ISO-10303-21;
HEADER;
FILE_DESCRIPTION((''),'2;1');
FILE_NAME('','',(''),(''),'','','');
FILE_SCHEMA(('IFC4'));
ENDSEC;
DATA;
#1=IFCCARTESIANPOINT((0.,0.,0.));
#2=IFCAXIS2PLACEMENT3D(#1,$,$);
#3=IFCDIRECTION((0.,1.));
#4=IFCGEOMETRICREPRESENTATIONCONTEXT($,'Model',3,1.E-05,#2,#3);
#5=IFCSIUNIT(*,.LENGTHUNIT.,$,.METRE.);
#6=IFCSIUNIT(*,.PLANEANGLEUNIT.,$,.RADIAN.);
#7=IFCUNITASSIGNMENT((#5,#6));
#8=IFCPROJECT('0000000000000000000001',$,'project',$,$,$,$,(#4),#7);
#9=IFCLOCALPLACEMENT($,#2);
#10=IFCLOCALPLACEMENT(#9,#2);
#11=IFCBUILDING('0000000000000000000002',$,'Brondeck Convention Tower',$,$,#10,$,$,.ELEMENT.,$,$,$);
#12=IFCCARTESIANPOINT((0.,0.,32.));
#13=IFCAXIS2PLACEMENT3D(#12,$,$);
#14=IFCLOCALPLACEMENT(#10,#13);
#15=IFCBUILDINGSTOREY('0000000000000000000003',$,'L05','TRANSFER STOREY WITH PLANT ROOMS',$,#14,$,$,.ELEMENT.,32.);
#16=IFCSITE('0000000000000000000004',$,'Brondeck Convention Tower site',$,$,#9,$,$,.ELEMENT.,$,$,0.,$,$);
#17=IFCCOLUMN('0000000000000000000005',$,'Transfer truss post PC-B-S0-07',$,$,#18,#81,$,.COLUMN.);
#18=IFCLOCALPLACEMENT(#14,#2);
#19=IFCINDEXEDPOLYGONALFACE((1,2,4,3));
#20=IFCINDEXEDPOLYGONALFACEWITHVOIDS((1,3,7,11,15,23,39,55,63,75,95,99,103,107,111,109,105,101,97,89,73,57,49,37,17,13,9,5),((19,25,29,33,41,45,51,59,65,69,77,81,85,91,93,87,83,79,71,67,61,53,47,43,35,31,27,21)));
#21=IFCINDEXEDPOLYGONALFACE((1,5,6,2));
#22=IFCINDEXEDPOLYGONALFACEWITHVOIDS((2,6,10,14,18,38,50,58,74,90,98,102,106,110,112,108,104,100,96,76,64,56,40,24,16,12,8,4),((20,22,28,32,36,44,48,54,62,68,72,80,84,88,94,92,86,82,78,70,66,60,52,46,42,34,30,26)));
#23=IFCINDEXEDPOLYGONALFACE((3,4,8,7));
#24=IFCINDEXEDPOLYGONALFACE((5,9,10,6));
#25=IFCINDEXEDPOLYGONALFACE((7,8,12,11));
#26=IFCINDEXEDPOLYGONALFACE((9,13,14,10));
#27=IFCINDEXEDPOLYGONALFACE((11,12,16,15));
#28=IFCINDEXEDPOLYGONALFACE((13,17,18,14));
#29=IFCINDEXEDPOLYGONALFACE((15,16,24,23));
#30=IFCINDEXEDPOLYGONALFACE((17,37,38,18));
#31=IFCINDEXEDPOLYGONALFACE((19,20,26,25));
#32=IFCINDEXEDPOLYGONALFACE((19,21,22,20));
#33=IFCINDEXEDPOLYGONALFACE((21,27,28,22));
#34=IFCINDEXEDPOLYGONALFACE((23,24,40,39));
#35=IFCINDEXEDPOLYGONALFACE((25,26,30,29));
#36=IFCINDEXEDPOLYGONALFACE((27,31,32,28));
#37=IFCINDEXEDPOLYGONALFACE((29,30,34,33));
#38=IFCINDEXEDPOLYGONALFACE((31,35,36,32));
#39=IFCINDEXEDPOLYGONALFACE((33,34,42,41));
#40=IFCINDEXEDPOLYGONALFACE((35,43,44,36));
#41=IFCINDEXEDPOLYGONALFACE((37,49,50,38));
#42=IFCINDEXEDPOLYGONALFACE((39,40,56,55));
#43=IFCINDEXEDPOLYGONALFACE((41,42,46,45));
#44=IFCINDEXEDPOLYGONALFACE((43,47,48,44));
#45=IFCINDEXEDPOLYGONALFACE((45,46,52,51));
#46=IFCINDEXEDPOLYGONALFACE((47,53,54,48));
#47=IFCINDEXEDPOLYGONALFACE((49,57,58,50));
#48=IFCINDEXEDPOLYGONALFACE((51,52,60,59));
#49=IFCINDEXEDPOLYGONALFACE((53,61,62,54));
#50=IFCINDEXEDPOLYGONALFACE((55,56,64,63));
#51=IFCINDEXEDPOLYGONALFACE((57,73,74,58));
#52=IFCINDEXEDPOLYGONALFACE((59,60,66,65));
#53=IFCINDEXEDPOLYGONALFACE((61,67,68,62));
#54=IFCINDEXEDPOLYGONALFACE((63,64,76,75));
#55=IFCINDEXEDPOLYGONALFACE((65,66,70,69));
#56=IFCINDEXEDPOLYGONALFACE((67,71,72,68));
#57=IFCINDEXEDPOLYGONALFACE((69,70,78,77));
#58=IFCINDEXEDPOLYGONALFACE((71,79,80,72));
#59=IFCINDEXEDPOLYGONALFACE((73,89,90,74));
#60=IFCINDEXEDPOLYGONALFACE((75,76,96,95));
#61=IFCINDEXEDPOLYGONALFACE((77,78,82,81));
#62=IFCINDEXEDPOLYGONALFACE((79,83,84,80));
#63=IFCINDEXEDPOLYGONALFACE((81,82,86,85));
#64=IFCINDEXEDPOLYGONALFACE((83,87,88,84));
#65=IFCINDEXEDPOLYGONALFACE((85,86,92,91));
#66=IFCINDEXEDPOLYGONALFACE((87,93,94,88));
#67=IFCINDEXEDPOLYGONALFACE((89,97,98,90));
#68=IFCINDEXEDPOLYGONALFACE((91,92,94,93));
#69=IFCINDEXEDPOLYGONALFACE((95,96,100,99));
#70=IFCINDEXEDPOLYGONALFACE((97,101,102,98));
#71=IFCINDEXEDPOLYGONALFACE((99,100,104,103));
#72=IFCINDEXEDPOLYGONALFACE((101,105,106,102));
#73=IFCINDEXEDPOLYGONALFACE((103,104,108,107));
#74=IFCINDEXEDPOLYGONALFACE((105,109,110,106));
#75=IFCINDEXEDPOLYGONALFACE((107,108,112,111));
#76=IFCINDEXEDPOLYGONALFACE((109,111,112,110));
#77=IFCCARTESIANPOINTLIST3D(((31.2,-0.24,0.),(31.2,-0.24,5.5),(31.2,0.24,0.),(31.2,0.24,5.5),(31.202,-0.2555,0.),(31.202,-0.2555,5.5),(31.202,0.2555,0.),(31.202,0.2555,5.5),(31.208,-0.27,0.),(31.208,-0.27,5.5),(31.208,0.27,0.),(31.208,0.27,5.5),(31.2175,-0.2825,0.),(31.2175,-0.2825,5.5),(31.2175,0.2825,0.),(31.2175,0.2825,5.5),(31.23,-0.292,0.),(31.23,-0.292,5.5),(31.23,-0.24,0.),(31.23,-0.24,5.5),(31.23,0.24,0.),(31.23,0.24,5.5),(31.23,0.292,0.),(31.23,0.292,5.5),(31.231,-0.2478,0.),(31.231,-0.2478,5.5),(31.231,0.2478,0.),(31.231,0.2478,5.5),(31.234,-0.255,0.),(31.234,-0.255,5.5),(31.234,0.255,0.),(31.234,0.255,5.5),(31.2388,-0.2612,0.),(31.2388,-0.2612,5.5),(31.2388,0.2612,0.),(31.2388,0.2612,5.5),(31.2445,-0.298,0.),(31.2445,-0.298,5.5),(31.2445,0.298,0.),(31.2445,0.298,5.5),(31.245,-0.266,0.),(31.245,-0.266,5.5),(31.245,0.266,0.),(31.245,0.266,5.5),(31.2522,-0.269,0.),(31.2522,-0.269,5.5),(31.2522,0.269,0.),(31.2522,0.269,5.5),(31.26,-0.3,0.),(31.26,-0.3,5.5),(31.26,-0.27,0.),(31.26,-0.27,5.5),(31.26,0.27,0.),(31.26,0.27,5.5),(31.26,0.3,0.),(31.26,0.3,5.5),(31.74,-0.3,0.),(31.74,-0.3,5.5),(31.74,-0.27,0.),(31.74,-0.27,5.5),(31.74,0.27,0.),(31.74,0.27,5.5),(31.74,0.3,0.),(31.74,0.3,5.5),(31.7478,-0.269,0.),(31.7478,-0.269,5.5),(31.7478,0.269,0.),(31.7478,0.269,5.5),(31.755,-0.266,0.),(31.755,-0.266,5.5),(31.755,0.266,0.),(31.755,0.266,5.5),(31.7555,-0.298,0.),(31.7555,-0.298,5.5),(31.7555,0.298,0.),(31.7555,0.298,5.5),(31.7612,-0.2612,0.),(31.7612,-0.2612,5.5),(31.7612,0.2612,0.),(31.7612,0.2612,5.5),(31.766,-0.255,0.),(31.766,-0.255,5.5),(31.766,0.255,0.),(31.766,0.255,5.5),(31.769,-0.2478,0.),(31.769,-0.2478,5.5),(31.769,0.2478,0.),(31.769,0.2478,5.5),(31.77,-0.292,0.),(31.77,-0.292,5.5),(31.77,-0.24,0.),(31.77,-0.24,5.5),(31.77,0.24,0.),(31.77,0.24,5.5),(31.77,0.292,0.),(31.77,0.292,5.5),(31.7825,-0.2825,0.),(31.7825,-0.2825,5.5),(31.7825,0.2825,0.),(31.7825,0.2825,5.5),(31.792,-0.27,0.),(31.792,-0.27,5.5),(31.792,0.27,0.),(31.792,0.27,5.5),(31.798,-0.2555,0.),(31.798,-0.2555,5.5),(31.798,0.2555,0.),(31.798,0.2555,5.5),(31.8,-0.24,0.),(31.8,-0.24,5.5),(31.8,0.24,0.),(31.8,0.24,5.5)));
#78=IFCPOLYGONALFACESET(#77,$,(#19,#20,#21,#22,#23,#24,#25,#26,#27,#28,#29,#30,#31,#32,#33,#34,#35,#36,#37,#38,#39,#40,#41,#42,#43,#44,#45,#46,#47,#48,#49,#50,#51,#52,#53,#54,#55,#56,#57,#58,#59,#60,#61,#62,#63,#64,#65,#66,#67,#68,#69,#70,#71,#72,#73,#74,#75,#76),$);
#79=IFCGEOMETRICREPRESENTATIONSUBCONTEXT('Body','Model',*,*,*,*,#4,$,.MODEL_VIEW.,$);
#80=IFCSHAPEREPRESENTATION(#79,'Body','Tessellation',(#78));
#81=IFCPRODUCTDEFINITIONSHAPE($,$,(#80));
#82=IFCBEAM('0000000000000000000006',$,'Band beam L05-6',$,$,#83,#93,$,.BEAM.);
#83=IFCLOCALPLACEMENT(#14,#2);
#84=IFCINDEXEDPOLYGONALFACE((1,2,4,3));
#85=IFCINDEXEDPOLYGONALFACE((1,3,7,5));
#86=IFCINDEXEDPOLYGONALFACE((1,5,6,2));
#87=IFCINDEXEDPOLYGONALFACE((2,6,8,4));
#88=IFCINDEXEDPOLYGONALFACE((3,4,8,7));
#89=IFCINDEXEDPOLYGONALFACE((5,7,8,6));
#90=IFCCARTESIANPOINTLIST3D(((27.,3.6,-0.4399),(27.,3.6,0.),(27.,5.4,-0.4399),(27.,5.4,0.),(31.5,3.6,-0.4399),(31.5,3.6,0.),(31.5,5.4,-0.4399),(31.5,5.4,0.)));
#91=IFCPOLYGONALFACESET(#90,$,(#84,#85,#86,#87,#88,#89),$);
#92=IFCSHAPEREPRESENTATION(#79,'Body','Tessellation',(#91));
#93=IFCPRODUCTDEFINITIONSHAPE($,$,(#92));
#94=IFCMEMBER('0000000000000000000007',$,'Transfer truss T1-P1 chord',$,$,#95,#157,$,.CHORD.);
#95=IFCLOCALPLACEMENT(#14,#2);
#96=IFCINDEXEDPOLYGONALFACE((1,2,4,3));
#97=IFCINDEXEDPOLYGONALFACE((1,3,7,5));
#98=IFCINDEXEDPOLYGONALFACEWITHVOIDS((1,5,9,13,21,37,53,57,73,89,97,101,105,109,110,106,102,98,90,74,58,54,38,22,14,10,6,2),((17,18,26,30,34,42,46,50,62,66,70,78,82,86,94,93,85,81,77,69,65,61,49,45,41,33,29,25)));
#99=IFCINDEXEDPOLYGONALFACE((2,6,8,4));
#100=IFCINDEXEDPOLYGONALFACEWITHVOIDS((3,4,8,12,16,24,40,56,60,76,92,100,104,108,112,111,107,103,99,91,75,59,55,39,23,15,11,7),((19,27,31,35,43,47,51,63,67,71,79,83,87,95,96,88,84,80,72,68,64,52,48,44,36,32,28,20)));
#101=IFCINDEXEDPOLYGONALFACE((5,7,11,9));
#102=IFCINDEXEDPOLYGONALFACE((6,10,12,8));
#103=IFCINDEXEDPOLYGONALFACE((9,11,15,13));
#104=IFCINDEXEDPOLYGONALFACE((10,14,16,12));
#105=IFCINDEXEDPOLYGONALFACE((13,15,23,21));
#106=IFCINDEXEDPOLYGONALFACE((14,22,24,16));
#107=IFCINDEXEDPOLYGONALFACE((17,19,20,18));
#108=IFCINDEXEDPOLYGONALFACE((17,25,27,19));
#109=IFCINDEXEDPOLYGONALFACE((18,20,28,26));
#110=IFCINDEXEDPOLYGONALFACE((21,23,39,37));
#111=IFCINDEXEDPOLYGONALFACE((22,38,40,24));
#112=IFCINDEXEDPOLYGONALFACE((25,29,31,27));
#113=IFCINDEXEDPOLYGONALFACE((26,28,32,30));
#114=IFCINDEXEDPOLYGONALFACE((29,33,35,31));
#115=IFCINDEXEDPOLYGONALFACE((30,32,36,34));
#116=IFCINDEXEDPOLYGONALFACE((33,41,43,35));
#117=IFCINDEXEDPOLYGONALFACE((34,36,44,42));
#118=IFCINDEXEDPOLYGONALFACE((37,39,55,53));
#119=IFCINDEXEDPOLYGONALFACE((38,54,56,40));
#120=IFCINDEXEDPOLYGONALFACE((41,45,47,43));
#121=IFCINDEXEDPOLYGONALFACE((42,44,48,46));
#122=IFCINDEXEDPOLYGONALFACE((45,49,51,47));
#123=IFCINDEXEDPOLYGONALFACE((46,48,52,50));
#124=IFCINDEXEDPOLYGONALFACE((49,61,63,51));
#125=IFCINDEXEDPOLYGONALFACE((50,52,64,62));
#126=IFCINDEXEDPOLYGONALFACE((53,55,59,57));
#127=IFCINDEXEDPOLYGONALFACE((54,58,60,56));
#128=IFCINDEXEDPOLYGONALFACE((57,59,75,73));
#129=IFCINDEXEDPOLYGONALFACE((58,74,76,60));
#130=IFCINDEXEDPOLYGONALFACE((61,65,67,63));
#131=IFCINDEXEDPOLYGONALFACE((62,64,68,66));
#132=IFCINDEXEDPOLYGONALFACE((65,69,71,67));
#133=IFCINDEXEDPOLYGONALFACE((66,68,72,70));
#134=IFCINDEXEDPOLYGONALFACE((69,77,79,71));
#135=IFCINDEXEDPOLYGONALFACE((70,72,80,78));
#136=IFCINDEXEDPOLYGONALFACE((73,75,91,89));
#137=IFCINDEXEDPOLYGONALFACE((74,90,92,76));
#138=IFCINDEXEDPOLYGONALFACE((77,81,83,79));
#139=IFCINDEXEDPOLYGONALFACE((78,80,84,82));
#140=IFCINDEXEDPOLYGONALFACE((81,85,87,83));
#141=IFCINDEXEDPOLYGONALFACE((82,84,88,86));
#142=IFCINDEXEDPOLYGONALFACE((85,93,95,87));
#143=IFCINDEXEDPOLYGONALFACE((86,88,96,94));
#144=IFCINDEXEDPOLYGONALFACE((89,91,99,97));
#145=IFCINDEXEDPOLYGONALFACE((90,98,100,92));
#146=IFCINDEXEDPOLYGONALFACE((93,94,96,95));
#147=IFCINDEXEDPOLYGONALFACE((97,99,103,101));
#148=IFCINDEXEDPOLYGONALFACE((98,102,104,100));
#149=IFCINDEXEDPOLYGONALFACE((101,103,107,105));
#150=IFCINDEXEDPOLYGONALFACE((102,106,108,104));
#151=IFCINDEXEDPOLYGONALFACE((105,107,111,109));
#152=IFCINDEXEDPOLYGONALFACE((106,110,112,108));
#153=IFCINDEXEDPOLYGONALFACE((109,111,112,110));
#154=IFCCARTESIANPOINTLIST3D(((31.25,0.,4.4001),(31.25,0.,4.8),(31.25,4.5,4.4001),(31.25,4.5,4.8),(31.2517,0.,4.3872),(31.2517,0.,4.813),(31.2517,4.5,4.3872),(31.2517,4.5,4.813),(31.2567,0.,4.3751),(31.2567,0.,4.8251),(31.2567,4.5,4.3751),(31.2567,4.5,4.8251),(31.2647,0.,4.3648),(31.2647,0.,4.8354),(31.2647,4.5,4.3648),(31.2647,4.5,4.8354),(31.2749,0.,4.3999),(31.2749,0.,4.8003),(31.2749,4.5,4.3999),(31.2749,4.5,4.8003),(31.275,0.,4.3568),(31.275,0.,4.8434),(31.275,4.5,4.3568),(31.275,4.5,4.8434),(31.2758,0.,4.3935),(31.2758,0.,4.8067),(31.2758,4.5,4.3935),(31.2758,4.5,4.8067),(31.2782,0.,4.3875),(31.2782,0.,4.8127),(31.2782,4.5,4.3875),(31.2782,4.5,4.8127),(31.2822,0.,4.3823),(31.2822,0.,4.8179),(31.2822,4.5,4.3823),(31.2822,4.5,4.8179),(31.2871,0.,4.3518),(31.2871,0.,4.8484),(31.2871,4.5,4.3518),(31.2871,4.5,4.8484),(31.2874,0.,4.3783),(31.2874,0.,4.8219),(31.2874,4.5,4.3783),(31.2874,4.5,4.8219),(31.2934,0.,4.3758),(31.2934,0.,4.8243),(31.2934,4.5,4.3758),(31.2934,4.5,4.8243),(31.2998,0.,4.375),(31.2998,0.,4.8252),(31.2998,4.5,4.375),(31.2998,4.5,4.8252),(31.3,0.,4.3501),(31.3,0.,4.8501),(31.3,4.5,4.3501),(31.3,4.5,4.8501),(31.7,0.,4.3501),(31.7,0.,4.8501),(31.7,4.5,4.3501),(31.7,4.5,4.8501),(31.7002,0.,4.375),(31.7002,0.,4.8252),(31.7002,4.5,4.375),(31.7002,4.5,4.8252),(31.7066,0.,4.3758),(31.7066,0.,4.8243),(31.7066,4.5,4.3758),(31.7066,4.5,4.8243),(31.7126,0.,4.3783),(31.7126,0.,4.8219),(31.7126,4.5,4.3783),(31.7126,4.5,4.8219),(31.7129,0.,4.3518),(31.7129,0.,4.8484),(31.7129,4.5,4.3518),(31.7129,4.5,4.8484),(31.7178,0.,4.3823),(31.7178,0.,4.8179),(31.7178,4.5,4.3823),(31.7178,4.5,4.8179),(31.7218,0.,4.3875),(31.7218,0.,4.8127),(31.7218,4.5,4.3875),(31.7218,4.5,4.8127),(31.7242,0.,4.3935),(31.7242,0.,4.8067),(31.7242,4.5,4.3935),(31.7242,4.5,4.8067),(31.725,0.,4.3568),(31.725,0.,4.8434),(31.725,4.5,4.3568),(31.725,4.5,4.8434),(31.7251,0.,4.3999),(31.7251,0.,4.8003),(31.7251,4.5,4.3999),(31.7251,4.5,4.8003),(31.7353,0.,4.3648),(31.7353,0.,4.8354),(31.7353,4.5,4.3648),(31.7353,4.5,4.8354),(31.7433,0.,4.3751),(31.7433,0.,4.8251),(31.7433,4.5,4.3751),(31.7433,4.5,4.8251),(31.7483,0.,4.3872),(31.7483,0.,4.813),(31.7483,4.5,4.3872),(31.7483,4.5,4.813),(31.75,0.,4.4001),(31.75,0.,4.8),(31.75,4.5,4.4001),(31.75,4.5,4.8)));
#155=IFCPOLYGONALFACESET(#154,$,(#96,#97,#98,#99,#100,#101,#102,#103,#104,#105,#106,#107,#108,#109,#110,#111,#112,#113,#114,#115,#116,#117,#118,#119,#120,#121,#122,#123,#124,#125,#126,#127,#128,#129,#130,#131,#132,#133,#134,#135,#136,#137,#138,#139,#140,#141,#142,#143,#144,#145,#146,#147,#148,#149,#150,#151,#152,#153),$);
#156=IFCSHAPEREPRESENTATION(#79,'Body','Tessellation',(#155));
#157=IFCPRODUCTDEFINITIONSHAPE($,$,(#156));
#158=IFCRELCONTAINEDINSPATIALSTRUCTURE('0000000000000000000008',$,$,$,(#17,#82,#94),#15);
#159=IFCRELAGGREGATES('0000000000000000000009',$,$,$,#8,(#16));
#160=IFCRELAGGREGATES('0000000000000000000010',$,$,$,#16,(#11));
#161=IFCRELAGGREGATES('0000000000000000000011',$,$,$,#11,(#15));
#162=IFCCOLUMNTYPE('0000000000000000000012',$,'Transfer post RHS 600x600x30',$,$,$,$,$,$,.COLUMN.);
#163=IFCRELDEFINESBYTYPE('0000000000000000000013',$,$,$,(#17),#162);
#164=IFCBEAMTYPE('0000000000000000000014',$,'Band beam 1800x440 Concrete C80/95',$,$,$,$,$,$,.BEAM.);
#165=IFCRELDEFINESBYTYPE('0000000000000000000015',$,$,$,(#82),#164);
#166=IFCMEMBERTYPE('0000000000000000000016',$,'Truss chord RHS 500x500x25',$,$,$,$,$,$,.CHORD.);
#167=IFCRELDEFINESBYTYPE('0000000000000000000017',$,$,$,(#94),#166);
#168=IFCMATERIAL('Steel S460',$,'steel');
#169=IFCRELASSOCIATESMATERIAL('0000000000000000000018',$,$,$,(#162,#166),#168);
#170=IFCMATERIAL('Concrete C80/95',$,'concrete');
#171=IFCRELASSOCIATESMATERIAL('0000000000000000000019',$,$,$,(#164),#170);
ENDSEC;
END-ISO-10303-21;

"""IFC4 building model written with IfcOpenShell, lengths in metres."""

from ifc_helpers import new_model, si_unit, direction, frame, origin, origin_2d, place, context, subcontext, project, spatial, rectangle, hollow_rectangle, extrude, material, material_profile, profile_set, type_object, element, save


model = new_model("IFC4")

# Units and contexts
model_context = context("Model", 3, precision=1e-05, world=origin(), true_north=direction((0.0, 1.0)))
body_context = subcontext(model_context, "Body", "Model", "MODEL_VIEW")
ifc_project = project(units=[si_unit("LENGTHUNIT", "METRE"), si_unit("PLANEANGLEUNIT", "RADIAN")], contexts=[model_context])

# Site, building, storey
site_placement = place(None, origin())
site = spatial("IfcSite", under=ifc_project, at=site_placement, Name="Brondeck Convention Tower site", CompositionType="ELEMENT", RefElevation=0.0)
building_placement = place(site_placement, origin())
building = spatial("IfcBuilding", under=site, at=building_placement, Name="Brondeck Convention Tower", CompositionType="ELEMENT")
storey_placement = place(building_placement, frame((0.0, 0.0, 32.0)))
storey = spatial("IfcBuildingStorey", under=building, at=storey_placement, Name="L05", Description="TRANSFER STOREY WITH PLANT ROOMS", CompositionType="ELEMENT", Elevation=32.0)

# Column
ifc_material_1 = material(Name="Steel S460", Category="steel")
ifc_material_profile_1 = material_profile(ifc_material_1, hollow_rectangle(XDim=0.6001, YDim=0.6001, WallThickness=0.03, InnerFilletRadius=0.03, OuterFilletRadius=0.0601, at=origin_2d()), Name="RHS 600x600x30")
ifc_profile_set_1 = profile_set([ifc_material_profile_1], Name="Steel S460")
column_type = type_object("IfcColumnType", Name="Transfer post RHS 600x600x30", PredefinedType="COLUMN", material=ifc_profile_set_1)
for number, where, z_axis, x_axis, name in (
    (1, (31.5, 0.0, 0.0), (0.0, 0.0, 1.0), (1.0, 0.0, 0.0), "Transfer truss post PC-B-S0-07"),
):
    element("IfcColumn", number, at=place(storey_placement, frame(where, z_axis=z_axis, x_axis=x_axis)), inside=storey, type_object=column_type, Name=name, PredefinedType="COLUMN", context=body_context, shape_type="SweptSolid", body=[
        extrude(hollow_rectangle(XDim=0.6001, YDim=0.6001, WallThickness=0.03, InnerFilletRadius=0.03, OuterFilletRadius=0.0601, at=origin_2d()), origin(), (0.0, 0.0, 1.0), 5.5),
    ])

# Beam
ifc_material_2 = material(Name="Concrete C80/95", Category="concrete")
ifc_material_profile_2 = material_profile(ifc_material_2, rectangle(XDim=1.8, YDim=0.4399, at=origin_2d()), Name="Band beam 1800x440 Concrete C80/95")
ifc_profile_set_2 = profile_set([ifc_material_profile_2], Name="Concrete C80/95")
beam_type = type_object("IfcBeamType", Name="Band beam 1800x440 Concrete C80/95", PredefinedType="BEAM", material=ifc_profile_set_2)
beam_placement = place(storey_placement, frame((31.5, 4.5, -0.22), z_axis=(-1.0, 0.0, 0.0), x_axis=(0.0, -1.0, 0.0)))
element("IfcBeam", 2, at=beam_placement, inside=storey, type_object=beam_type, Name="Band beam L05-6", PredefinedType="BEAM", context=body_context, shape_type="SweptSolid", body=[
    extrude(rectangle(XDim=1.8, YDim=0.4399, at=origin_2d()), origin(), (0.0, 0.0, 1.0), 4.5),
])

# Member
ifc_material_profile_3 = material_profile(ifc_material_1, hollow_rectangle(XDim=0.5, YDim=0.5, WallThickness=0.0249, InnerFilletRadius=0.0249, OuterFilletRadius=0.05, at=origin_2d()), Name="RHS 500x500x25")
ifc_profile_set_3 = profile_set([ifc_material_profile_3], Name="Steel S460")
member_type_1 = type_object("IfcMemberType", Name="Truss chord RHS 500x500x25", PredefinedType="CHORD", material=ifc_profile_set_3)
member_1_placement = place(storey_placement, frame((31.5, 0.0, 4.6001), z_axis=(0.0, 1.0, 0.0), x_axis=(-1.0, 0.0, 0.0)))
element("IfcMember", 3, at=member_1_placement, inside=storey, type_object=member_type_1, Name="Transfer truss T1-P1 chord", PredefinedType="CHORD", context=body_context, shape_type="SweptSolid", body=[
    extrude(hollow_rectangle(XDim=0.5, YDim=0.5, WallThickness=0.0249, InnerFilletRadius=0.0249, OuterFilletRadius=0.05, at=origin_2d()), origin(), (0.0, 0.0, 1.0), 4.5),
])

save(model, "model.ifc")
